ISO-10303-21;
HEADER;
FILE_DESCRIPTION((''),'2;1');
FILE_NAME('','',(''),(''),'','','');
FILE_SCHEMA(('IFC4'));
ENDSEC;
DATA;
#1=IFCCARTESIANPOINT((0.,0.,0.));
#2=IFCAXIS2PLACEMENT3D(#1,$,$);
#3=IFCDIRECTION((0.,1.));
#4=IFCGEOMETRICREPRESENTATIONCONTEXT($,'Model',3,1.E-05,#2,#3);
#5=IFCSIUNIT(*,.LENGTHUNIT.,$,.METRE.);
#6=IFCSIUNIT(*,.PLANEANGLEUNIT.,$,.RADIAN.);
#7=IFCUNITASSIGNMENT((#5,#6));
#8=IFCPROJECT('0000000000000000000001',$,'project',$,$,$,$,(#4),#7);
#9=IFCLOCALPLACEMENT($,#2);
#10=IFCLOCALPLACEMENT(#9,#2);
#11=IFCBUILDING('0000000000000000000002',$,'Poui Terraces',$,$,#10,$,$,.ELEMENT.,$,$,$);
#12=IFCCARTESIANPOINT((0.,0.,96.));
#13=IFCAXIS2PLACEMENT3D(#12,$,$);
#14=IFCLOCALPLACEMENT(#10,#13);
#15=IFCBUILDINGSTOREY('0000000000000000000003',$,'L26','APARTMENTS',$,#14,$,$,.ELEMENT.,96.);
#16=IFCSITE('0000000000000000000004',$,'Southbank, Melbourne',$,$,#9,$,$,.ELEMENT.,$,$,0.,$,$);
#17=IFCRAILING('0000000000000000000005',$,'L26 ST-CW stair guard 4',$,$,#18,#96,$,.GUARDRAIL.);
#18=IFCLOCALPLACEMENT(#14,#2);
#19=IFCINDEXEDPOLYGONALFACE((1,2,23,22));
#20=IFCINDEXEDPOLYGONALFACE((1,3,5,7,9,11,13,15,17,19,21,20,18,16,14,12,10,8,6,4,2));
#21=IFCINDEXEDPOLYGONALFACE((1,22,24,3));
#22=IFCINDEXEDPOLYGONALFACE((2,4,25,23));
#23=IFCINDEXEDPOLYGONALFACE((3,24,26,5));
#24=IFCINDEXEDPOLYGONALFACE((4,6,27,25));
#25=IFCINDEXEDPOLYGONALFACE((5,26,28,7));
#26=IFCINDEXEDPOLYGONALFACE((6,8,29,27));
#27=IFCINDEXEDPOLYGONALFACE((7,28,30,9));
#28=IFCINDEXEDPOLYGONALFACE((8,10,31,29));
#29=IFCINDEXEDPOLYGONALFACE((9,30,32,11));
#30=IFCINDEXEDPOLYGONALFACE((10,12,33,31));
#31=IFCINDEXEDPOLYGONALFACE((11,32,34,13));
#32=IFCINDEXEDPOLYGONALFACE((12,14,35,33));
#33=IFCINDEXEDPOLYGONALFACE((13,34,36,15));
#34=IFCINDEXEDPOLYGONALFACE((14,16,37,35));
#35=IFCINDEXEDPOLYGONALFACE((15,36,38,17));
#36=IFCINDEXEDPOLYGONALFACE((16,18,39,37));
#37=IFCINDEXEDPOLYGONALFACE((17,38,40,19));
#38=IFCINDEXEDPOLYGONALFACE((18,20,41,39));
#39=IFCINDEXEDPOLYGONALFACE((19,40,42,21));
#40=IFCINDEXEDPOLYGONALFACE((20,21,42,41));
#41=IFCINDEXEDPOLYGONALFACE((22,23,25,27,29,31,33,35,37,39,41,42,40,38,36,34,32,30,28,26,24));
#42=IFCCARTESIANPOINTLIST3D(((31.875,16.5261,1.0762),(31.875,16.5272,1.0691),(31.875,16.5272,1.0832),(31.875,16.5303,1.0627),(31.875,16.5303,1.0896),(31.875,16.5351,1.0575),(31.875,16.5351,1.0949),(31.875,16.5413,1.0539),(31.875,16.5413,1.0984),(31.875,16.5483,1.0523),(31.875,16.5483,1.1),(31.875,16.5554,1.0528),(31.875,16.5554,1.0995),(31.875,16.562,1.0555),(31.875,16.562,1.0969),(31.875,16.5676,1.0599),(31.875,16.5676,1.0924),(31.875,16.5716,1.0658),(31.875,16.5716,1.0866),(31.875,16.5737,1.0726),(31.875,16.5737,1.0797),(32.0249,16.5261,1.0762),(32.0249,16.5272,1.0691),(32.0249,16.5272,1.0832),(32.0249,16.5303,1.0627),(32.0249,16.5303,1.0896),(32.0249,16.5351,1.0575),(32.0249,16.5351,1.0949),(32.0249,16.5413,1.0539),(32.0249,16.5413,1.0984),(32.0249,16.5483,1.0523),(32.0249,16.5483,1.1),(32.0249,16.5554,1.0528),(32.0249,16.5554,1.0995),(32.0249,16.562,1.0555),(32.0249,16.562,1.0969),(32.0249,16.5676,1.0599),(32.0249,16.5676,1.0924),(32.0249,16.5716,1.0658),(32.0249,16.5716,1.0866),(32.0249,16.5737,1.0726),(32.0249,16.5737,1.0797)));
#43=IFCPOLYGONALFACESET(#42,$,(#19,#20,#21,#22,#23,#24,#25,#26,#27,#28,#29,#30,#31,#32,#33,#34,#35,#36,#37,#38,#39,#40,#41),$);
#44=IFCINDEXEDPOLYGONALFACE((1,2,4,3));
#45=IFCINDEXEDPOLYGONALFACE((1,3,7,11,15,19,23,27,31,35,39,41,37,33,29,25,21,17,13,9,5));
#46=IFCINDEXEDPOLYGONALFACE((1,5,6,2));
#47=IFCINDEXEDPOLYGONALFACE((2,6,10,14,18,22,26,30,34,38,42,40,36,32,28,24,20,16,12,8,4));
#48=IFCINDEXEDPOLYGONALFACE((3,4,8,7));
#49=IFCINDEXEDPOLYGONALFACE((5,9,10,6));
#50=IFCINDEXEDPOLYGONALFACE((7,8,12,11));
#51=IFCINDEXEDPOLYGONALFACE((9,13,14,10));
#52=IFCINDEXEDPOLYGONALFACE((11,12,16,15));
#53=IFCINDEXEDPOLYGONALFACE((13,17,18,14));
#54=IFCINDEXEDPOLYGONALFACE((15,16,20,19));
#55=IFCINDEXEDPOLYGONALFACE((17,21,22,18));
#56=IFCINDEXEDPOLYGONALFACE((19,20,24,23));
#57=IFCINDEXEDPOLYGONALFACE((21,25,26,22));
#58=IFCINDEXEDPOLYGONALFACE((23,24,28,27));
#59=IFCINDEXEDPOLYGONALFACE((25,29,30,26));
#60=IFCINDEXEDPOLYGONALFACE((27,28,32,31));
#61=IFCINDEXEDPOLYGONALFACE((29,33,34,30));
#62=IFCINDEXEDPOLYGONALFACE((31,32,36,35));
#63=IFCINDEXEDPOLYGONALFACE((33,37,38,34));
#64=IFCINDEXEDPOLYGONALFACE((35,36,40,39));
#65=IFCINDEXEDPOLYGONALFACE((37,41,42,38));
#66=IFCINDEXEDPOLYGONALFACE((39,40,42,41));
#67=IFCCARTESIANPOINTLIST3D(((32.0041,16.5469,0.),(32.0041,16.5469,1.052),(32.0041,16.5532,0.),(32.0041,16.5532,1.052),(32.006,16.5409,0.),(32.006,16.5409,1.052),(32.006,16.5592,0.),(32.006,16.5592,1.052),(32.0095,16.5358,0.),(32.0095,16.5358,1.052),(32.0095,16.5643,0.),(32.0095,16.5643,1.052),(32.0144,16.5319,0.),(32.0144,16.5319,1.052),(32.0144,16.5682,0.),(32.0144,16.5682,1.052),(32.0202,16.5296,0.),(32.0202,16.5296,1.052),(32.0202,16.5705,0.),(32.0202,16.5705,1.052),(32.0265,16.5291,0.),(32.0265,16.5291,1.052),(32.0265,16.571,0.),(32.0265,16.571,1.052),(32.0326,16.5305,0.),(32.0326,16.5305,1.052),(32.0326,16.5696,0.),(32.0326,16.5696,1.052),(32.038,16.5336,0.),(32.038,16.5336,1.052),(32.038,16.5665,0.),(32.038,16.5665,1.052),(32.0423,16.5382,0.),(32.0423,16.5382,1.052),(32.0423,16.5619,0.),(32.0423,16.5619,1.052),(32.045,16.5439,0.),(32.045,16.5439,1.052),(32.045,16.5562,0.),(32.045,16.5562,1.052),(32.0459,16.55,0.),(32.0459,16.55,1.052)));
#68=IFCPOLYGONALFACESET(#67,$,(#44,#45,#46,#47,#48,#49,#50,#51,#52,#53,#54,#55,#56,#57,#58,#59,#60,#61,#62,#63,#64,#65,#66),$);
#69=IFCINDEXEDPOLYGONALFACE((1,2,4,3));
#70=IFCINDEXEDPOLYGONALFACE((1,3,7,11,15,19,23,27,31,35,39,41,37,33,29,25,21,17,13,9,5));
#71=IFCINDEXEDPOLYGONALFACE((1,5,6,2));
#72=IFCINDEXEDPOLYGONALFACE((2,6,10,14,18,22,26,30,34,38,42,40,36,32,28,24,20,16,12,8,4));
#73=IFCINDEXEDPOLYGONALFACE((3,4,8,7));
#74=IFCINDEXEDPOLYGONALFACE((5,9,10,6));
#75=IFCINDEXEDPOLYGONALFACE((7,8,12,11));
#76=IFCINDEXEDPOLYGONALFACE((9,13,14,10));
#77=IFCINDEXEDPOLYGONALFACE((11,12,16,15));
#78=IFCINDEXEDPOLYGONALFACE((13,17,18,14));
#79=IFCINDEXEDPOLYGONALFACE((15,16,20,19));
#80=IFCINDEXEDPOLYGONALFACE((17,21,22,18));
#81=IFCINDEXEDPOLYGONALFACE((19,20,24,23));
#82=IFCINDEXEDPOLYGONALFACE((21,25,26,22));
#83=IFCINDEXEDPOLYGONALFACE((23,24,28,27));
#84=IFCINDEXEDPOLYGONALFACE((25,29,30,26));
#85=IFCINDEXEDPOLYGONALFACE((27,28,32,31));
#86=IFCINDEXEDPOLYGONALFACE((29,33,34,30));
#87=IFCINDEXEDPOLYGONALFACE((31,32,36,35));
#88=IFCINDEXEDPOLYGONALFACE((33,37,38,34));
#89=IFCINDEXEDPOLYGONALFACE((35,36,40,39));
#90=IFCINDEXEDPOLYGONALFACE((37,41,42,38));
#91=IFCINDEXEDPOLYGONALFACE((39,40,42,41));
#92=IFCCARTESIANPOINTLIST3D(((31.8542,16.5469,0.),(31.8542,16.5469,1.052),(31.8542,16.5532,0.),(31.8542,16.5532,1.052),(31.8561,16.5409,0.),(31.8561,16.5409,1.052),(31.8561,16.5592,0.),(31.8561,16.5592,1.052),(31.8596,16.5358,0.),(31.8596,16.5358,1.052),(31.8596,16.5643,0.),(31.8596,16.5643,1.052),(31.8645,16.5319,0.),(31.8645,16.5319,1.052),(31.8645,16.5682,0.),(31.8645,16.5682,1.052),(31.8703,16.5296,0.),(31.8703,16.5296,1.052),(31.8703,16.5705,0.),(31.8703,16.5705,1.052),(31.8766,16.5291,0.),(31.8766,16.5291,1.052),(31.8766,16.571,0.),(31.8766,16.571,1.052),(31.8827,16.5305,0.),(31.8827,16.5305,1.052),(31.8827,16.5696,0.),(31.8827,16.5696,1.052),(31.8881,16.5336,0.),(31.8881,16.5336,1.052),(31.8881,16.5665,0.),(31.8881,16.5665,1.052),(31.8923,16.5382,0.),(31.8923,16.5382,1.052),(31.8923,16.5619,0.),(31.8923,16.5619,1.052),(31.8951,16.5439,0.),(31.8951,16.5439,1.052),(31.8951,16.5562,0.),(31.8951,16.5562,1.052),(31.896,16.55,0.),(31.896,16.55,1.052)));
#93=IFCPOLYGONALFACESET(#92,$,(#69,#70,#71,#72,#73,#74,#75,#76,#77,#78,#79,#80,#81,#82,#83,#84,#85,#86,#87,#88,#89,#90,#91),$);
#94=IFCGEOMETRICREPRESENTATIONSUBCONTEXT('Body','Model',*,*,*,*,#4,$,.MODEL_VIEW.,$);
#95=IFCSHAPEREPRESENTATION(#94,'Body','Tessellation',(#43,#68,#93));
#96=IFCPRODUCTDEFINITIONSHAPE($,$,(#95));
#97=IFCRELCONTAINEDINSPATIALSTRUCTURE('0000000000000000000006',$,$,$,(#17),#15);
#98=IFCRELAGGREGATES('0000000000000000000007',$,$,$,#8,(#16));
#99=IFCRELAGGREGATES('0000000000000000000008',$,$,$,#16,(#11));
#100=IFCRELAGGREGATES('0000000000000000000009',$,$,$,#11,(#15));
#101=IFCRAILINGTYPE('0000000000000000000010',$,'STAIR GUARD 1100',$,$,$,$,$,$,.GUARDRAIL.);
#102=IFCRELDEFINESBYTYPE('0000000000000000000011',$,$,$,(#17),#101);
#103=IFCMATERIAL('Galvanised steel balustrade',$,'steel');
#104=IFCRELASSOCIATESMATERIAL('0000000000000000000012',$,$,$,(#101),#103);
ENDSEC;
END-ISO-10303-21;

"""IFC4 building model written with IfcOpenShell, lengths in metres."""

from ifc_helpers import new_model, si_unit, direction, frame, origin, origin_2d, place, context, subcontext, project, spatial, circle, extrude, material, type_object, element, save


model = new_model("IFC4")

# Units and contexts
model_context = context("Model", 3, precision=1e-05, world=origin(), true_north=direction((0.0, 1.0)))
body_context = subcontext(model_context, "Body", "Model", "MODEL_VIEW")
ifc_project = project(units=[si_unit("LENGTHUNIT", "METRE"), si_unit("PLANEANGLEUNIT", "RADIAN")], contexts=[model_context])

# Site, building, storey
site_placement = place(None, origin())
site = spatial("IfcSite", under=ifc_project, at=site_placement, Name="Southbank, Melbourne", CompositionType="ELEMENT", RefElevation=0.0)
building_placement = place(site_placement, origin())
building = spatial("IfcBuilding", under=site, at=building_placement, Name="Poui Terraces", CompositionType="ELEMENT")
storey_placement = place(building_placement, frame((0.0, 0.0, 96.0)))
storey = spatial("IfcBuildingStorey", under=building, at=storey_placement, Name="L26", Description="APARTMENTS", CompositionType="ELEMENT", Elevation=96.0)

# Railing
ifc_material_1 = material(Name="Galvanised steel balustrade", Category="steel")
railing_type_1 = type_object("IfcRailingType", Name="STAIR GUARD 1100", PredefinedType="GUARDRAIL", material=ifc_material_1)
railing_1_placement = place(storey_placement, frame((32.0249, 16.55, 0.0)))
element("IfcRailing", 1, at=railing_1_placement, inside=storey, type_object=railing_type_1, Name="L26 ST-CW stair guard 4", PredefinedType="GUARDRAIL", context=body_context, shape_type="SweptSolid", body=[
    extrude(circle(Radius=0.0239, at=origin_2d()), frame((0.0, 0.0, 1.0762), z_axis=(-1.0, 0.0, 0.0), x_axis=(0.0, -1.0, 0.0)), (0.0, 0.0, 1.0), 0.1499),
    extrude(circle(Radius=0.021, at=origin_2d()), origin(), (0.0, 0.0, 1.0), 1.052),
    extrude(circle(Radius=0.021, at=origin_2d()), frame((-0.1499, 0.0, 0.0)), (0.0, 0.0, 1.0), 1.052),
])

save(model, "model.ifc")
